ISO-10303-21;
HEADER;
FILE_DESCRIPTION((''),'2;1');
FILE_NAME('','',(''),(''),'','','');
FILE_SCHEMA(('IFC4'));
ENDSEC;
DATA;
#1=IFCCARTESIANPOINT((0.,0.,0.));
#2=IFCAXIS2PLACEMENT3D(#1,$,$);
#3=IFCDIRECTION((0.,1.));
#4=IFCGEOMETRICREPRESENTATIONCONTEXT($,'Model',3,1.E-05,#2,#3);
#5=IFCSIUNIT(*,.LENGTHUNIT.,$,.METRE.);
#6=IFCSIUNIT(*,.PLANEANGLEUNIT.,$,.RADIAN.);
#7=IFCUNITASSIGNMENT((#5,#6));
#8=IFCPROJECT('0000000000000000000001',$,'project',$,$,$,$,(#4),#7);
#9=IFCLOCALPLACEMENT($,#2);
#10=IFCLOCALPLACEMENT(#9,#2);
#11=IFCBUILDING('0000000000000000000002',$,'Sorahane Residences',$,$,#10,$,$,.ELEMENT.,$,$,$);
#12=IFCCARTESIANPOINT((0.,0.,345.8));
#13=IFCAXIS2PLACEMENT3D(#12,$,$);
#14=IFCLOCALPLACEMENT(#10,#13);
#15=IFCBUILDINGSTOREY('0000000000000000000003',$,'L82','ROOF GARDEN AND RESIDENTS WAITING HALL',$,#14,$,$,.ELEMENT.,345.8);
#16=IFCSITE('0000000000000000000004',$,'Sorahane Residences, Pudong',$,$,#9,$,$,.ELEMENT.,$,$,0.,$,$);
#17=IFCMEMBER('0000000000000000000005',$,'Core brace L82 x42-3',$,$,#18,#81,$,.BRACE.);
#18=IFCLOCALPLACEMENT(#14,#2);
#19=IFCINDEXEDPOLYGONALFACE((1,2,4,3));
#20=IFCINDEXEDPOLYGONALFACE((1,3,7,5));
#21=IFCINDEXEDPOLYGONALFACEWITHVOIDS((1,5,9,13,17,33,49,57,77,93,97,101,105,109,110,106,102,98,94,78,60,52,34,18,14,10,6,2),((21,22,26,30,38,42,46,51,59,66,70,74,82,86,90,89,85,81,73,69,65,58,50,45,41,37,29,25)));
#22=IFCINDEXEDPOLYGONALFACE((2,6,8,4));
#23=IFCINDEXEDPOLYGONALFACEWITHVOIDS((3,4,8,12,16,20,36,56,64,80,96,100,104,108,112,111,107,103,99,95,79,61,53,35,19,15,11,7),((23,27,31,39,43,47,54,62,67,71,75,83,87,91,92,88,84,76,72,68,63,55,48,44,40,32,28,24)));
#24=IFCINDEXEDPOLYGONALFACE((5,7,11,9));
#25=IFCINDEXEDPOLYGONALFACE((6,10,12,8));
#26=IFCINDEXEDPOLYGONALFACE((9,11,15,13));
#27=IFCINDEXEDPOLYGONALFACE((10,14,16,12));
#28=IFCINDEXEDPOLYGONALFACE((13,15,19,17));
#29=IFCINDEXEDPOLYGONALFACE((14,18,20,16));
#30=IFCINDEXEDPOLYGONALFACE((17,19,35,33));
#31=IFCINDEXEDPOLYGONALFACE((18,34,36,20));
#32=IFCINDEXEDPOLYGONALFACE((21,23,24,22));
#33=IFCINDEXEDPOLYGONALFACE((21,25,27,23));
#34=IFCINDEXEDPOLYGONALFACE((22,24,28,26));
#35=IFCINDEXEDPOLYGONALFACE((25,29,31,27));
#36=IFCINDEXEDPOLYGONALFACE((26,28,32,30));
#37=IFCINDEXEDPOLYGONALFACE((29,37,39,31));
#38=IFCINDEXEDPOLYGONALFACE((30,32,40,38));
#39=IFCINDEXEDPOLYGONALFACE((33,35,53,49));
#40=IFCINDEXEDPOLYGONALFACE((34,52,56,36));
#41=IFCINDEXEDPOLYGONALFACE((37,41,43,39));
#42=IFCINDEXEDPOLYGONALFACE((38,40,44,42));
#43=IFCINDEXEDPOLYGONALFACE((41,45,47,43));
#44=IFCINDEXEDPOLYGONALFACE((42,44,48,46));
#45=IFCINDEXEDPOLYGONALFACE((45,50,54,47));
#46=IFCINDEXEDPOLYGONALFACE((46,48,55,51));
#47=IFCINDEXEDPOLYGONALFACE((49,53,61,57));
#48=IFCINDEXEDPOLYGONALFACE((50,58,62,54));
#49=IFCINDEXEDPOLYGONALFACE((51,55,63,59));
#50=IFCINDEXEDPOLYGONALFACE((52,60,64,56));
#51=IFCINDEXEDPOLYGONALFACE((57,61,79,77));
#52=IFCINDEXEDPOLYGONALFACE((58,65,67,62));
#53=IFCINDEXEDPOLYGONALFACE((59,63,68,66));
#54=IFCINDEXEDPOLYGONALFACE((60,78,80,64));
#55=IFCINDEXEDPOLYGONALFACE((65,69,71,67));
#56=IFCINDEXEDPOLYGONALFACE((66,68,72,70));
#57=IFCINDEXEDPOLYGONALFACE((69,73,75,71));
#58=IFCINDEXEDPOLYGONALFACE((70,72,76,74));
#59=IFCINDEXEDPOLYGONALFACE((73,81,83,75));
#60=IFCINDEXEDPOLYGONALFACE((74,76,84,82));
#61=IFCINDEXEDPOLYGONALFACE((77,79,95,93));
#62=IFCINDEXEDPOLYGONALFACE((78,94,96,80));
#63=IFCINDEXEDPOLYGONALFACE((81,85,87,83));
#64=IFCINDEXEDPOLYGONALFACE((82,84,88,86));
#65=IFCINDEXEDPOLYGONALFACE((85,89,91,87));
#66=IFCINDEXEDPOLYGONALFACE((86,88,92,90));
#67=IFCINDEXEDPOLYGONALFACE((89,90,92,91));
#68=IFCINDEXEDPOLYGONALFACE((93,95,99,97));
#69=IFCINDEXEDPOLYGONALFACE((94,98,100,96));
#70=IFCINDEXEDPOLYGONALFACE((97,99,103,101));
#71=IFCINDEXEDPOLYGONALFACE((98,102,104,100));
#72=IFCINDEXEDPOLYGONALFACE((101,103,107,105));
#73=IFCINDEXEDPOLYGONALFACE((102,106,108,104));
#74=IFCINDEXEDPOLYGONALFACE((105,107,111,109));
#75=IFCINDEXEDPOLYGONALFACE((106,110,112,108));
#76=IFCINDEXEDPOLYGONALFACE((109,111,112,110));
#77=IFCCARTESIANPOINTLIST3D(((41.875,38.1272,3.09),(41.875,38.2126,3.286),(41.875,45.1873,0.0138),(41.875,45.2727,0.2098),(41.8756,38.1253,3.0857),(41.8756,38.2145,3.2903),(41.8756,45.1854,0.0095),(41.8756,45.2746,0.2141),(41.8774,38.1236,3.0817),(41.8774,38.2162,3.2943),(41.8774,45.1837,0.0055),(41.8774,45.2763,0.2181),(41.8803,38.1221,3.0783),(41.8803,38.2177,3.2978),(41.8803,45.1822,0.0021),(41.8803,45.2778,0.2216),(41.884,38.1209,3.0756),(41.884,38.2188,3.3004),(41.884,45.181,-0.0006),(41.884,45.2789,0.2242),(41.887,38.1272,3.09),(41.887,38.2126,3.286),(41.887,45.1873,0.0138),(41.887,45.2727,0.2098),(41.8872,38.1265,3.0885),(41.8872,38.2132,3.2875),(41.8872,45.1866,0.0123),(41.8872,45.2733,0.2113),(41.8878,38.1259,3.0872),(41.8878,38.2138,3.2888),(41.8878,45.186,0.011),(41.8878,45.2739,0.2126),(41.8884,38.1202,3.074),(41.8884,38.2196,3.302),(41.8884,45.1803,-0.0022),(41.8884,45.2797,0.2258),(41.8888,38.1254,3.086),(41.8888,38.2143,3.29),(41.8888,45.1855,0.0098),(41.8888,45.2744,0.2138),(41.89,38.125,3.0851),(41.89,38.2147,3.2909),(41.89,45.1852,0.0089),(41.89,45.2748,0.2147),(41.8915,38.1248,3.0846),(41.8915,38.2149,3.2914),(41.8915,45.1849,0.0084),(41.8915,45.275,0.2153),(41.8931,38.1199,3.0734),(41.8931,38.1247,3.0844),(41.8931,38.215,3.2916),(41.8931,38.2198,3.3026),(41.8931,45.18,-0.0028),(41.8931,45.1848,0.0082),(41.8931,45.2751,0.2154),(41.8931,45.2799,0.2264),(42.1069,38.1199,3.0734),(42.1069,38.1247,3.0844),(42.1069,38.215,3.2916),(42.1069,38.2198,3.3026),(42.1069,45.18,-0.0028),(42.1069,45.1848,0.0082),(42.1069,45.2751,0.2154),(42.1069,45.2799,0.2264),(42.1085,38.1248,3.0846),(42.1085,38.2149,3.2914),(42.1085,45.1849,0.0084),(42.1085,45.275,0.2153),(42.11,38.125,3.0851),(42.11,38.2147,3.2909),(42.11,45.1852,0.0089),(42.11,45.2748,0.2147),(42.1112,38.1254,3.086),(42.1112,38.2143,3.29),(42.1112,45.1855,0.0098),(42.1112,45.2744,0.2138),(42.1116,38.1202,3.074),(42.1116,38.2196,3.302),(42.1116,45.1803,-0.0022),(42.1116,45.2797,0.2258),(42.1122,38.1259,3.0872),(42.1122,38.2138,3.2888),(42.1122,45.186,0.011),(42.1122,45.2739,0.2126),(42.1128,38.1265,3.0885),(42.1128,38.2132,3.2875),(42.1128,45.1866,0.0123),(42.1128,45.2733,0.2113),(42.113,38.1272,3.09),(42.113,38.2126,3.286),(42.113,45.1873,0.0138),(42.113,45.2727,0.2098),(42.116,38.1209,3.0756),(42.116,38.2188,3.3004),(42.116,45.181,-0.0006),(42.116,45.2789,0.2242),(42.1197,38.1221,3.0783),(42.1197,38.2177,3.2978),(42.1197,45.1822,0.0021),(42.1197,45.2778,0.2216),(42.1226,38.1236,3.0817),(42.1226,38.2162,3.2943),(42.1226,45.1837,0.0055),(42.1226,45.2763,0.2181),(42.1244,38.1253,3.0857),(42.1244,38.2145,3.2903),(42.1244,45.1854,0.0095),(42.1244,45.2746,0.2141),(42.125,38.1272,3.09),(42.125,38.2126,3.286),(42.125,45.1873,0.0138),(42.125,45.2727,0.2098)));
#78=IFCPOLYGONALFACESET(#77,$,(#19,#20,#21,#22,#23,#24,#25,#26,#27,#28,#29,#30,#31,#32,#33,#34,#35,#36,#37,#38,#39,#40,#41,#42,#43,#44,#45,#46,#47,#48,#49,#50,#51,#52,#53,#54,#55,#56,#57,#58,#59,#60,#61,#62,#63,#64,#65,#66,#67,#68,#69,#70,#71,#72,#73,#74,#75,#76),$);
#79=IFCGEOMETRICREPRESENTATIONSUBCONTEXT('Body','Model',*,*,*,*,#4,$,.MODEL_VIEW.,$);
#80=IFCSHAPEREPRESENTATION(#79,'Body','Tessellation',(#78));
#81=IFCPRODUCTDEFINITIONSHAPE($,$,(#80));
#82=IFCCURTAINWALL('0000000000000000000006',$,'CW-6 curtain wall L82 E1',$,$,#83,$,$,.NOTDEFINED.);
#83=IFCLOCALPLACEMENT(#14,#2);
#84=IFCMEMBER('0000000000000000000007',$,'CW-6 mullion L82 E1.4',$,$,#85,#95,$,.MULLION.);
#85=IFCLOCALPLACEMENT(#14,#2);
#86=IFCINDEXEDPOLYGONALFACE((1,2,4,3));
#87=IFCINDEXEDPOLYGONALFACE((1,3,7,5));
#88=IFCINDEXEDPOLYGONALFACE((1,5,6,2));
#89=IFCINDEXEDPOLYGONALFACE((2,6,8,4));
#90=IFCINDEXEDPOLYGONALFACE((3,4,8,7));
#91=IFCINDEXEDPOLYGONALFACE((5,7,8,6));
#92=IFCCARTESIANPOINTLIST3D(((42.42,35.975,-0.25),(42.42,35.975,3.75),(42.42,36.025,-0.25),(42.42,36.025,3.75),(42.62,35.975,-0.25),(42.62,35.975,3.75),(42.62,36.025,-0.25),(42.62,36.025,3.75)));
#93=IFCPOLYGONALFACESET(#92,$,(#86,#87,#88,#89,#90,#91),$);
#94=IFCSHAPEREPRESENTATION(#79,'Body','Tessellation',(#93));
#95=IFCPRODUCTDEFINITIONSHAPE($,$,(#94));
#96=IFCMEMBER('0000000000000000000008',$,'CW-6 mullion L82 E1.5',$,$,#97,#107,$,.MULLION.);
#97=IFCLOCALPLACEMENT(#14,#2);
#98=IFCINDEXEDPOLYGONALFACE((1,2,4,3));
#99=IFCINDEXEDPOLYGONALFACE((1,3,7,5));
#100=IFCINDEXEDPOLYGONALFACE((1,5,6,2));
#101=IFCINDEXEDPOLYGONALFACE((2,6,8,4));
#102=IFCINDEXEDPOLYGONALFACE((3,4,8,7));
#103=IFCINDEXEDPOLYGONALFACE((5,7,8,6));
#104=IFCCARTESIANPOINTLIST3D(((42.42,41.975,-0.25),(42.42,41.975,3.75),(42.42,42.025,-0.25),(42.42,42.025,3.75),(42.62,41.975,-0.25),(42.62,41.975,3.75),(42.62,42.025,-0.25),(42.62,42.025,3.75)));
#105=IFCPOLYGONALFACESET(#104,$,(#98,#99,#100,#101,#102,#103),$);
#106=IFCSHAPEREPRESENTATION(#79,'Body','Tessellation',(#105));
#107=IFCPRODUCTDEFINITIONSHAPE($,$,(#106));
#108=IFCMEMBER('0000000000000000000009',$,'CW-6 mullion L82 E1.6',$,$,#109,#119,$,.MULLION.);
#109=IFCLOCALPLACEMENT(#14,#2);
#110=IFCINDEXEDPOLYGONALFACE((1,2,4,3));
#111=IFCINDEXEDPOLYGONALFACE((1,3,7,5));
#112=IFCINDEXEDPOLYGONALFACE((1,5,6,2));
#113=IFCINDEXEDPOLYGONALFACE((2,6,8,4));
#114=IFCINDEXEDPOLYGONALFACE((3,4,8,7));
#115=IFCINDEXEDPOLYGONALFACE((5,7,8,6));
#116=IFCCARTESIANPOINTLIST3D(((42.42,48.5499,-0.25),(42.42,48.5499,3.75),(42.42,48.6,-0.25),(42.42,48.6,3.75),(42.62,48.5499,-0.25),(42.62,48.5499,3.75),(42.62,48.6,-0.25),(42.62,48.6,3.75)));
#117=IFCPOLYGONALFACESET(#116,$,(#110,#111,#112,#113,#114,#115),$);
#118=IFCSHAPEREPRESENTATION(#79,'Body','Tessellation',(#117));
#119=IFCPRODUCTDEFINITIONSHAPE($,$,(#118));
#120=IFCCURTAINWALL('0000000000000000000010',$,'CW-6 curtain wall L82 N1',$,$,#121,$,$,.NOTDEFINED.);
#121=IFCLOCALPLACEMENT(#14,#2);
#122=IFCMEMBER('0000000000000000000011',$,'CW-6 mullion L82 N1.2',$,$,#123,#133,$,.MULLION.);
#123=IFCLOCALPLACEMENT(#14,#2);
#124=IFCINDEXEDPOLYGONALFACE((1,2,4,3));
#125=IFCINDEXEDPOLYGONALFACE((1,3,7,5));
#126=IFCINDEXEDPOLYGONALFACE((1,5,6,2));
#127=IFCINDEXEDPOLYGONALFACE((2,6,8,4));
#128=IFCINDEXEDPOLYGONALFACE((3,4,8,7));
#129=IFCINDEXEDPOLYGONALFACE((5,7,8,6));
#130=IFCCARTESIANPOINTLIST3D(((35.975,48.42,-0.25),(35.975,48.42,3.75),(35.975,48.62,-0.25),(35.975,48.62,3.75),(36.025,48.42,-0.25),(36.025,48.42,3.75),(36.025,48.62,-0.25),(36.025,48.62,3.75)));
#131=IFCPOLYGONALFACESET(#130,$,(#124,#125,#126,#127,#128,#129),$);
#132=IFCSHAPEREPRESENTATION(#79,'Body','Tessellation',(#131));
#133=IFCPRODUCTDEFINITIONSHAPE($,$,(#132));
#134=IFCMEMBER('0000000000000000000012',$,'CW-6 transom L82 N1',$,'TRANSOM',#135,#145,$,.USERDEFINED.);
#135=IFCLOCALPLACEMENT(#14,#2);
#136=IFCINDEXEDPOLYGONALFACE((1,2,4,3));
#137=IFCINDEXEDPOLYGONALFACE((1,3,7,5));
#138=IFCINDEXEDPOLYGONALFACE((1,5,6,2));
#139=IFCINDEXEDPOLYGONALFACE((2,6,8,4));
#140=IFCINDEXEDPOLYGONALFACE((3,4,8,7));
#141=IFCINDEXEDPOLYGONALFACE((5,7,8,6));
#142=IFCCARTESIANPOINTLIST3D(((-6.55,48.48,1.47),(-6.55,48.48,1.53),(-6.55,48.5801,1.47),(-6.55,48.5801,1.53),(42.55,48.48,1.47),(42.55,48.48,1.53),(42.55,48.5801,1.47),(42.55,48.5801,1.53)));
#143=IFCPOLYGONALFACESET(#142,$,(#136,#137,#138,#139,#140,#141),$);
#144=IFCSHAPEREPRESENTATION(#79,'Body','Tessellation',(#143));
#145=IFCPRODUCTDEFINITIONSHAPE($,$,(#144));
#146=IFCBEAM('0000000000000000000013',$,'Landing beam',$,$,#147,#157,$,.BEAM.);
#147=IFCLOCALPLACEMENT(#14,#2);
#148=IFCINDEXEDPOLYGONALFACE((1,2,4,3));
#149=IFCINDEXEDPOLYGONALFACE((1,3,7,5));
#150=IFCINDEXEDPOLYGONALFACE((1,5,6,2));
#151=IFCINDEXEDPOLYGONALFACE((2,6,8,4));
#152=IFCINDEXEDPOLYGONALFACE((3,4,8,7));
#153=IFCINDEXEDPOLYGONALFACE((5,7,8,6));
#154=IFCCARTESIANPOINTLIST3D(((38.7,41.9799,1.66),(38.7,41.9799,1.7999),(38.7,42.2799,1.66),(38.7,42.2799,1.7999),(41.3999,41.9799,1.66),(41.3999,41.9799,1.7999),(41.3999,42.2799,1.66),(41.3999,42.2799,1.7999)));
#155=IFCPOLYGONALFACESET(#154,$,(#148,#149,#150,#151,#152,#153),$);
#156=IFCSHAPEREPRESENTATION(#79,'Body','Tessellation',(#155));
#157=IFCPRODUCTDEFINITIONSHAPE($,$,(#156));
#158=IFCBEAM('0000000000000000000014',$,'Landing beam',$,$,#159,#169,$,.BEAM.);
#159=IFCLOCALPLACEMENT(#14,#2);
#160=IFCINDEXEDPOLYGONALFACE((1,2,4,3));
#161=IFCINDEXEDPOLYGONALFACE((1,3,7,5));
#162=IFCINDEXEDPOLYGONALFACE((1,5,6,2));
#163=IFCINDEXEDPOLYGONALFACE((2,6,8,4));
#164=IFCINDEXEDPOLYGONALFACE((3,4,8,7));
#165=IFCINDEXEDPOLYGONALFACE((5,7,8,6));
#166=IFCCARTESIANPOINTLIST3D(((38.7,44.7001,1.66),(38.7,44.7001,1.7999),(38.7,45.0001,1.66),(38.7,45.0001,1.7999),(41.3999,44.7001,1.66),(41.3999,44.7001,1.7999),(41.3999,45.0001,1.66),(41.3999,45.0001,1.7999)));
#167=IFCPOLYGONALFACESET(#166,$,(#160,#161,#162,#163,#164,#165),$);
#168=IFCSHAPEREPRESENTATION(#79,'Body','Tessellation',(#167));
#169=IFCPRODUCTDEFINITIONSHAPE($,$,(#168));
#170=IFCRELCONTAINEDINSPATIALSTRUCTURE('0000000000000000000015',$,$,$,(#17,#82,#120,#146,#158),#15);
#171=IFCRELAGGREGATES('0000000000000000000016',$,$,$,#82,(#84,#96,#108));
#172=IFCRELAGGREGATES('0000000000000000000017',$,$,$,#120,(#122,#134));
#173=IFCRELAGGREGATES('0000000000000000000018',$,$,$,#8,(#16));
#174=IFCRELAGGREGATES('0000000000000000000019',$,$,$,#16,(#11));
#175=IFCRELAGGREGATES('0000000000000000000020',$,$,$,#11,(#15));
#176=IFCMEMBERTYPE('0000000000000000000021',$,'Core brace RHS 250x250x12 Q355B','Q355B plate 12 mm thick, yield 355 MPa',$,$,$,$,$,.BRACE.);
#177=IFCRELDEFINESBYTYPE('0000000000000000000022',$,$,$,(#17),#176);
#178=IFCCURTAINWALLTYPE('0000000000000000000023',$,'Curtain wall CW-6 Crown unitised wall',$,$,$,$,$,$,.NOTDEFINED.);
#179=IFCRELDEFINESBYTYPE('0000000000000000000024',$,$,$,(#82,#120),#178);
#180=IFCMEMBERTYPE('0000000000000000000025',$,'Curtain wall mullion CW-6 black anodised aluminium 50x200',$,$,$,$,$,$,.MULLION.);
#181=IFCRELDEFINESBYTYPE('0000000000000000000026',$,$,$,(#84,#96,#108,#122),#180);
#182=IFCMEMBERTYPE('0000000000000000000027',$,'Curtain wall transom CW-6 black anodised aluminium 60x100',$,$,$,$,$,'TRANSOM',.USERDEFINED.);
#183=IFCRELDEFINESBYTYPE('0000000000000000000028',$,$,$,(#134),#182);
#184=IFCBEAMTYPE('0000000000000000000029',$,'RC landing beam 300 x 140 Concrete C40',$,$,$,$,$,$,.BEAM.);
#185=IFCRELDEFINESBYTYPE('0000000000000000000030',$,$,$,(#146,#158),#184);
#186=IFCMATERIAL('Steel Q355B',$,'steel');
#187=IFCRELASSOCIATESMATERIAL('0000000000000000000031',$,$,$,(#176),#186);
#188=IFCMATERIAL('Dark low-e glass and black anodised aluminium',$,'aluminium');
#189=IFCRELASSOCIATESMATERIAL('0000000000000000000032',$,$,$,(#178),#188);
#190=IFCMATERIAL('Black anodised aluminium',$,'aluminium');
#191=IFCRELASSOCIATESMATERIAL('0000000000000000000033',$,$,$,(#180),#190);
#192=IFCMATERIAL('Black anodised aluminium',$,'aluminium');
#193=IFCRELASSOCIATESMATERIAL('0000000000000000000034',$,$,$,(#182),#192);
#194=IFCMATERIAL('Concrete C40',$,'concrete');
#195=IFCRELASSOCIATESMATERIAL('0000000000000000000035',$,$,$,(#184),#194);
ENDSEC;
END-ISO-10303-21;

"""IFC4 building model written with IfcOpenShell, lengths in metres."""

from ifc_helpers import new_model, si_unit, direction, frame, origin, origin_2d, place, context, subcontext, project, spatial, rectangle, hollow_rectangle, extrude, material, material_profile, profile_set, type_object, element, aggregate, save


model = new_model("IFC4")

# Units and contexts
model_context = context("Model", 3, precision=1e-05, world=origin(), true_north=direction((0.0, 1.0)))
body_context = subcontext(model_context, "Body", "Model", "MODEL_VIEW")
ifc_project = project(units=[si_unit("LENGTHUNIT", "METRE"), si_unit("PLANEANGLEUNIT", "RADIAN")], contexts=[model_context])

# Site, building, storey
site_placement = place(None, origin())
site = spatial("IfcSite", under=ifc_project, at=site_placement, Name="Sorahane Residences, Pudong", CompositionType="ELEMENT", RefElevation=0.0)
building_placement = place(site_placement, origin())
building = spatial("IfcBuilding", under=site, at=building_placement, Name="Sorahane Residences", CompositionType="ELEMENT")
storey_placement = place(building_placement, frame((0.0, 0.0, 345.8)))
storey = spatial("IfcBuildingStorey", under=building, at=storey_placement, Name="L82", Description="ROOF GARDEN AND RESIDENTS WAITING HALL", CompositionType="ELEMENT", Elevation=345.8)

# Member
ifc_material_1 = material(Name="Steel Q355B", Category="steel")
ifc_material_profile_1 = material_profile(ifc_material_1, hollow_rectangle(XDim=0.25, YDim=0.25, WallThickness=0.012, InnerFilletRadius=0.0061, OuterFilletRadius=0.0181, at=origin_2d()), Name="RHS 250x250x12")
ifc_profile_set_1 = profile_set([ifc_material_profile_1], Name="Steel Q355B")
member_type_1 = type_object("IfcMemberType", Name="Core brace RHS 250x250x12 Q355B", Description="Q355B plate 12 mm thick, yield 355 MPa", PredefinedType="BRACE", material=ifc_profile_set_1)
member_1_placement = place(storey_placement, frame((42.0, 45.23, 0.1118), z_axis=(0.0, -0.916757, 0.399445), x_axis=(1.0, 0.0, 0.0)))
element("IfcMember", 1, at=member_1_placement, inside=storey, type_object=member_type_1, Name="Core brace L82 x42-3", PredefinedType="BRACE", context=body_context, shape_type="SweptSolid", body=[
    extrude(hollow_rectangle(XDim=0.25, YDim=0.25, WallThickness=0.012, InnerFilletRadius=0.0061, OuterFilletRadius=0.0181, at=origin_2d()), origin(), (0.0, 0.0, 1.0), 7.7012),
])

# Curtain walls, members
ifc_material_2 = material(Name="Dark low-e glass and black anodised aluminium", Category="aluminium")
curtain_wall_type = type_object("IfcCurtainWallType", Name="Curtain wall CW-6 Crown unitised wall", PredefinedType="NOTDEFINED", material=ifc_material_2)
curtain_wall_1_placement = place(storey_placement, origin())
curtain_wall_1 = element("IfcCurtainWall", 2, at=curtain_wall_1_placement, inside=storey, type_object=curtain_wall_type, Name="CW-6 curtain wall L82 E1", PredefinedType="NOTDEFINED")
ifc_material_3 = material(Name="Black anodised aluminium", Category="aluminium")
ifc_material_profile_2 = material_profile(ifc_material_3, rectangle(XDim=0.2, YDim=0.05, at=origin_2d()), Name="Curtain wall mullion CW-6 black anodised aluminium 50x200")
ifc_profile_set_2 = profile_set([ifc_material_profile_2], Name="Black anodised aluminium")
member_type_2 = type_object("IfcMemberType", Name="Curtain wall mullion CW-6 black anodised aluminium 50x200", PredefinedType="MULLION", material=ifc_profile_set_2)
member_2_placement = place(storey_placement, frame((42.52, 36.0, -0.25), z_axis=(0.0, 0.0, 1.0), x_axis=(1.0, 0.0, 0.0)))
member_2 = element("IfcMember", 3, at=member_2_placement, type_object=member_type_2, Name="CW-6 mullion L82 E1.4", PredefinedType="MULLION", context=body_context, shape_type="SweptSolid", body=[
    extrude(rectangle(XDim=0.2, YDim=0.05, at=origin_2d()), origin(), (0.0, 0.0, 1.0), 4.0),
])
member_3_placement = place(storey_placement, frame((42.52, 42.0, -0.25), z_axis=(0.0, 0.0, 1.0), x_axis=(1.0, 0.0, 0.0)))
member_3 = element("IfcMember", 4, at=member_3_placement, type_object=member_type_2, Name="CW-6 mullion L82 E1.5", PredefinedType="MULLION", context=body_context, shape_type="SweptSolid", body=[
    extrude(rectangle(XDim=0.2, YDim=0.05, at=origin_2d()), origin(), (0.0, 0.0, 1.0), 4.0),
])
member_4_placement = place(storey_placement, frame((42.52, 48.575, -0.25), z_axis=(0.0, 0.0, 1.0), x_axis=(1.0, 0.0, 0.0)))
member_4 = element("IfcMember", 5, at=member_4_placement, type_object=member_type_2, Name="CW-6 mullion L82 E1.6", PredefinedType="MULLION", context=body_context, shape_type="SweptSolid", body=[
    extrude(rectangle(XDim=0.2, YDim=0.05, at=origin_2d()), origin(), (0.0, 0.0, 1.0), 4.0),
])
curtain_wall_2_placement = place(storey_placement, origin())
curtain_wall_2 = element("IfcCurtainWall", 6, at=curtain_wall_2_placement, inside=storey, type_object=curtain_wall_type, Name="CW-6 curtain wall L82 N1", PredefinedType="NOTDEFINED")
member_5_placement = place(storey_placement, frame((36.0, 48.52, -0.25), z_axis=(0.0, 0.0, 1.0), x_axis=(0.0, 1.0, 0.0)))
member_5 = element("IfcMember", 7, at=member_5_placement, type_object=member_type_2, Name="CW-6 mullion L82 N1.2", PredefinedType="MULLION", context=body_context, shape_type="SweptSolid", body=[
    extrude(rectangle(XDim=0.2, YDim=0.05, at=origin_2d()), origin(), (0.0, 0.0, 1.0), 4.0),
])
ifc_material_4 = material(Name="Black anodised aluminium", Category="aluminium")
ifc_material_profile_3 = material_profile(ifc_material_4, rectangle(XDim=0.1001, YDim=0.0601, at=origin_2d()), Name="Curtain wall transom CW-6 black anodised aluminium 60x100")
ifc_profile_set_3 = profile_set([ifc_material_profile_3], Name="Black anodised aluminium")
member_type_3 = type_object("IfcMemberType", Name="Curtain wall transom CW-6 black anodised aluminium 60x100", ElementType="TRANSOM", PredefinedType="USERDEFINED", material=ifc_profile_set_3)
member_6_placement = place(storey_placement, frame((42.55, 48.53, 1.5), z_axis=(-1.0, 0.0, 0.0), x_axis=(0.0, -1.0, 0.0)))
member_6 = element("IfcMember", 8, at=member_6_placement, type_object=member_type_3, Name="CW-6 transom L82 N1", ObjectType="TRANSOM", PredefinedType="USERDEFINED", context=body_context, shape_type="SweptSolid", body=[
    extrude(rectangle(XDim=0.1001, YDim=0.0601, at=origin_2d()), origin(), (0.0, 0.0, 1.0), 49.1001),
])

# Beams
ifc_material_5 = material(Name="Concrete C40", Category="concrete")
ifc_material_profile_4 = material_profile(ifc_material_5, rectangle(XDim=0.3, YDim=0.1399, at=origin_2d()), Name="300x140")
ifc_profile_set_4 = profile_set([ifc_material_profile_4], Name="Concrete C40")
beam_type_1 = type_object("IfcBeamType", Name="RC landing beam 300 x 140 Concrete C40", PredefinedType="BEAM", material=ifc_profile_set_4)
for number, where, z_axis, x_axis, name in (
    (9, (38.7, 42.1299, 1.73), (1.0, 0.0, 0.0), (0.0, 1.0, 0.0), "Landing beam"),
    (10, (38.7, 44.8501, 1.73), (1.0, 0.0, 0.0), (0.0, 1.0, 0.0), "Landing beam"),
):
    element("IfcBeam", number, at=place(storey_placement, frame(where, z_axis=z_axis, x_axis=x_axis)), inside=storey, type_object=beam_type_1, Name=name, PredefinedType="BEAM", context=body_context, shape_type="SweptSolid", body=[
        extrude(rectangle(XDim=0.3, YDim=0.1399, at=origin_2d()), origin(), (0.0, 0.0, 1.0), 2.7),
    ])

aggregate(curtain_wall_1, [member_2, member_3, member_4])
aggregate(curtain_wall_2, [member_5, member_6])

save(model, "model.ifc")
